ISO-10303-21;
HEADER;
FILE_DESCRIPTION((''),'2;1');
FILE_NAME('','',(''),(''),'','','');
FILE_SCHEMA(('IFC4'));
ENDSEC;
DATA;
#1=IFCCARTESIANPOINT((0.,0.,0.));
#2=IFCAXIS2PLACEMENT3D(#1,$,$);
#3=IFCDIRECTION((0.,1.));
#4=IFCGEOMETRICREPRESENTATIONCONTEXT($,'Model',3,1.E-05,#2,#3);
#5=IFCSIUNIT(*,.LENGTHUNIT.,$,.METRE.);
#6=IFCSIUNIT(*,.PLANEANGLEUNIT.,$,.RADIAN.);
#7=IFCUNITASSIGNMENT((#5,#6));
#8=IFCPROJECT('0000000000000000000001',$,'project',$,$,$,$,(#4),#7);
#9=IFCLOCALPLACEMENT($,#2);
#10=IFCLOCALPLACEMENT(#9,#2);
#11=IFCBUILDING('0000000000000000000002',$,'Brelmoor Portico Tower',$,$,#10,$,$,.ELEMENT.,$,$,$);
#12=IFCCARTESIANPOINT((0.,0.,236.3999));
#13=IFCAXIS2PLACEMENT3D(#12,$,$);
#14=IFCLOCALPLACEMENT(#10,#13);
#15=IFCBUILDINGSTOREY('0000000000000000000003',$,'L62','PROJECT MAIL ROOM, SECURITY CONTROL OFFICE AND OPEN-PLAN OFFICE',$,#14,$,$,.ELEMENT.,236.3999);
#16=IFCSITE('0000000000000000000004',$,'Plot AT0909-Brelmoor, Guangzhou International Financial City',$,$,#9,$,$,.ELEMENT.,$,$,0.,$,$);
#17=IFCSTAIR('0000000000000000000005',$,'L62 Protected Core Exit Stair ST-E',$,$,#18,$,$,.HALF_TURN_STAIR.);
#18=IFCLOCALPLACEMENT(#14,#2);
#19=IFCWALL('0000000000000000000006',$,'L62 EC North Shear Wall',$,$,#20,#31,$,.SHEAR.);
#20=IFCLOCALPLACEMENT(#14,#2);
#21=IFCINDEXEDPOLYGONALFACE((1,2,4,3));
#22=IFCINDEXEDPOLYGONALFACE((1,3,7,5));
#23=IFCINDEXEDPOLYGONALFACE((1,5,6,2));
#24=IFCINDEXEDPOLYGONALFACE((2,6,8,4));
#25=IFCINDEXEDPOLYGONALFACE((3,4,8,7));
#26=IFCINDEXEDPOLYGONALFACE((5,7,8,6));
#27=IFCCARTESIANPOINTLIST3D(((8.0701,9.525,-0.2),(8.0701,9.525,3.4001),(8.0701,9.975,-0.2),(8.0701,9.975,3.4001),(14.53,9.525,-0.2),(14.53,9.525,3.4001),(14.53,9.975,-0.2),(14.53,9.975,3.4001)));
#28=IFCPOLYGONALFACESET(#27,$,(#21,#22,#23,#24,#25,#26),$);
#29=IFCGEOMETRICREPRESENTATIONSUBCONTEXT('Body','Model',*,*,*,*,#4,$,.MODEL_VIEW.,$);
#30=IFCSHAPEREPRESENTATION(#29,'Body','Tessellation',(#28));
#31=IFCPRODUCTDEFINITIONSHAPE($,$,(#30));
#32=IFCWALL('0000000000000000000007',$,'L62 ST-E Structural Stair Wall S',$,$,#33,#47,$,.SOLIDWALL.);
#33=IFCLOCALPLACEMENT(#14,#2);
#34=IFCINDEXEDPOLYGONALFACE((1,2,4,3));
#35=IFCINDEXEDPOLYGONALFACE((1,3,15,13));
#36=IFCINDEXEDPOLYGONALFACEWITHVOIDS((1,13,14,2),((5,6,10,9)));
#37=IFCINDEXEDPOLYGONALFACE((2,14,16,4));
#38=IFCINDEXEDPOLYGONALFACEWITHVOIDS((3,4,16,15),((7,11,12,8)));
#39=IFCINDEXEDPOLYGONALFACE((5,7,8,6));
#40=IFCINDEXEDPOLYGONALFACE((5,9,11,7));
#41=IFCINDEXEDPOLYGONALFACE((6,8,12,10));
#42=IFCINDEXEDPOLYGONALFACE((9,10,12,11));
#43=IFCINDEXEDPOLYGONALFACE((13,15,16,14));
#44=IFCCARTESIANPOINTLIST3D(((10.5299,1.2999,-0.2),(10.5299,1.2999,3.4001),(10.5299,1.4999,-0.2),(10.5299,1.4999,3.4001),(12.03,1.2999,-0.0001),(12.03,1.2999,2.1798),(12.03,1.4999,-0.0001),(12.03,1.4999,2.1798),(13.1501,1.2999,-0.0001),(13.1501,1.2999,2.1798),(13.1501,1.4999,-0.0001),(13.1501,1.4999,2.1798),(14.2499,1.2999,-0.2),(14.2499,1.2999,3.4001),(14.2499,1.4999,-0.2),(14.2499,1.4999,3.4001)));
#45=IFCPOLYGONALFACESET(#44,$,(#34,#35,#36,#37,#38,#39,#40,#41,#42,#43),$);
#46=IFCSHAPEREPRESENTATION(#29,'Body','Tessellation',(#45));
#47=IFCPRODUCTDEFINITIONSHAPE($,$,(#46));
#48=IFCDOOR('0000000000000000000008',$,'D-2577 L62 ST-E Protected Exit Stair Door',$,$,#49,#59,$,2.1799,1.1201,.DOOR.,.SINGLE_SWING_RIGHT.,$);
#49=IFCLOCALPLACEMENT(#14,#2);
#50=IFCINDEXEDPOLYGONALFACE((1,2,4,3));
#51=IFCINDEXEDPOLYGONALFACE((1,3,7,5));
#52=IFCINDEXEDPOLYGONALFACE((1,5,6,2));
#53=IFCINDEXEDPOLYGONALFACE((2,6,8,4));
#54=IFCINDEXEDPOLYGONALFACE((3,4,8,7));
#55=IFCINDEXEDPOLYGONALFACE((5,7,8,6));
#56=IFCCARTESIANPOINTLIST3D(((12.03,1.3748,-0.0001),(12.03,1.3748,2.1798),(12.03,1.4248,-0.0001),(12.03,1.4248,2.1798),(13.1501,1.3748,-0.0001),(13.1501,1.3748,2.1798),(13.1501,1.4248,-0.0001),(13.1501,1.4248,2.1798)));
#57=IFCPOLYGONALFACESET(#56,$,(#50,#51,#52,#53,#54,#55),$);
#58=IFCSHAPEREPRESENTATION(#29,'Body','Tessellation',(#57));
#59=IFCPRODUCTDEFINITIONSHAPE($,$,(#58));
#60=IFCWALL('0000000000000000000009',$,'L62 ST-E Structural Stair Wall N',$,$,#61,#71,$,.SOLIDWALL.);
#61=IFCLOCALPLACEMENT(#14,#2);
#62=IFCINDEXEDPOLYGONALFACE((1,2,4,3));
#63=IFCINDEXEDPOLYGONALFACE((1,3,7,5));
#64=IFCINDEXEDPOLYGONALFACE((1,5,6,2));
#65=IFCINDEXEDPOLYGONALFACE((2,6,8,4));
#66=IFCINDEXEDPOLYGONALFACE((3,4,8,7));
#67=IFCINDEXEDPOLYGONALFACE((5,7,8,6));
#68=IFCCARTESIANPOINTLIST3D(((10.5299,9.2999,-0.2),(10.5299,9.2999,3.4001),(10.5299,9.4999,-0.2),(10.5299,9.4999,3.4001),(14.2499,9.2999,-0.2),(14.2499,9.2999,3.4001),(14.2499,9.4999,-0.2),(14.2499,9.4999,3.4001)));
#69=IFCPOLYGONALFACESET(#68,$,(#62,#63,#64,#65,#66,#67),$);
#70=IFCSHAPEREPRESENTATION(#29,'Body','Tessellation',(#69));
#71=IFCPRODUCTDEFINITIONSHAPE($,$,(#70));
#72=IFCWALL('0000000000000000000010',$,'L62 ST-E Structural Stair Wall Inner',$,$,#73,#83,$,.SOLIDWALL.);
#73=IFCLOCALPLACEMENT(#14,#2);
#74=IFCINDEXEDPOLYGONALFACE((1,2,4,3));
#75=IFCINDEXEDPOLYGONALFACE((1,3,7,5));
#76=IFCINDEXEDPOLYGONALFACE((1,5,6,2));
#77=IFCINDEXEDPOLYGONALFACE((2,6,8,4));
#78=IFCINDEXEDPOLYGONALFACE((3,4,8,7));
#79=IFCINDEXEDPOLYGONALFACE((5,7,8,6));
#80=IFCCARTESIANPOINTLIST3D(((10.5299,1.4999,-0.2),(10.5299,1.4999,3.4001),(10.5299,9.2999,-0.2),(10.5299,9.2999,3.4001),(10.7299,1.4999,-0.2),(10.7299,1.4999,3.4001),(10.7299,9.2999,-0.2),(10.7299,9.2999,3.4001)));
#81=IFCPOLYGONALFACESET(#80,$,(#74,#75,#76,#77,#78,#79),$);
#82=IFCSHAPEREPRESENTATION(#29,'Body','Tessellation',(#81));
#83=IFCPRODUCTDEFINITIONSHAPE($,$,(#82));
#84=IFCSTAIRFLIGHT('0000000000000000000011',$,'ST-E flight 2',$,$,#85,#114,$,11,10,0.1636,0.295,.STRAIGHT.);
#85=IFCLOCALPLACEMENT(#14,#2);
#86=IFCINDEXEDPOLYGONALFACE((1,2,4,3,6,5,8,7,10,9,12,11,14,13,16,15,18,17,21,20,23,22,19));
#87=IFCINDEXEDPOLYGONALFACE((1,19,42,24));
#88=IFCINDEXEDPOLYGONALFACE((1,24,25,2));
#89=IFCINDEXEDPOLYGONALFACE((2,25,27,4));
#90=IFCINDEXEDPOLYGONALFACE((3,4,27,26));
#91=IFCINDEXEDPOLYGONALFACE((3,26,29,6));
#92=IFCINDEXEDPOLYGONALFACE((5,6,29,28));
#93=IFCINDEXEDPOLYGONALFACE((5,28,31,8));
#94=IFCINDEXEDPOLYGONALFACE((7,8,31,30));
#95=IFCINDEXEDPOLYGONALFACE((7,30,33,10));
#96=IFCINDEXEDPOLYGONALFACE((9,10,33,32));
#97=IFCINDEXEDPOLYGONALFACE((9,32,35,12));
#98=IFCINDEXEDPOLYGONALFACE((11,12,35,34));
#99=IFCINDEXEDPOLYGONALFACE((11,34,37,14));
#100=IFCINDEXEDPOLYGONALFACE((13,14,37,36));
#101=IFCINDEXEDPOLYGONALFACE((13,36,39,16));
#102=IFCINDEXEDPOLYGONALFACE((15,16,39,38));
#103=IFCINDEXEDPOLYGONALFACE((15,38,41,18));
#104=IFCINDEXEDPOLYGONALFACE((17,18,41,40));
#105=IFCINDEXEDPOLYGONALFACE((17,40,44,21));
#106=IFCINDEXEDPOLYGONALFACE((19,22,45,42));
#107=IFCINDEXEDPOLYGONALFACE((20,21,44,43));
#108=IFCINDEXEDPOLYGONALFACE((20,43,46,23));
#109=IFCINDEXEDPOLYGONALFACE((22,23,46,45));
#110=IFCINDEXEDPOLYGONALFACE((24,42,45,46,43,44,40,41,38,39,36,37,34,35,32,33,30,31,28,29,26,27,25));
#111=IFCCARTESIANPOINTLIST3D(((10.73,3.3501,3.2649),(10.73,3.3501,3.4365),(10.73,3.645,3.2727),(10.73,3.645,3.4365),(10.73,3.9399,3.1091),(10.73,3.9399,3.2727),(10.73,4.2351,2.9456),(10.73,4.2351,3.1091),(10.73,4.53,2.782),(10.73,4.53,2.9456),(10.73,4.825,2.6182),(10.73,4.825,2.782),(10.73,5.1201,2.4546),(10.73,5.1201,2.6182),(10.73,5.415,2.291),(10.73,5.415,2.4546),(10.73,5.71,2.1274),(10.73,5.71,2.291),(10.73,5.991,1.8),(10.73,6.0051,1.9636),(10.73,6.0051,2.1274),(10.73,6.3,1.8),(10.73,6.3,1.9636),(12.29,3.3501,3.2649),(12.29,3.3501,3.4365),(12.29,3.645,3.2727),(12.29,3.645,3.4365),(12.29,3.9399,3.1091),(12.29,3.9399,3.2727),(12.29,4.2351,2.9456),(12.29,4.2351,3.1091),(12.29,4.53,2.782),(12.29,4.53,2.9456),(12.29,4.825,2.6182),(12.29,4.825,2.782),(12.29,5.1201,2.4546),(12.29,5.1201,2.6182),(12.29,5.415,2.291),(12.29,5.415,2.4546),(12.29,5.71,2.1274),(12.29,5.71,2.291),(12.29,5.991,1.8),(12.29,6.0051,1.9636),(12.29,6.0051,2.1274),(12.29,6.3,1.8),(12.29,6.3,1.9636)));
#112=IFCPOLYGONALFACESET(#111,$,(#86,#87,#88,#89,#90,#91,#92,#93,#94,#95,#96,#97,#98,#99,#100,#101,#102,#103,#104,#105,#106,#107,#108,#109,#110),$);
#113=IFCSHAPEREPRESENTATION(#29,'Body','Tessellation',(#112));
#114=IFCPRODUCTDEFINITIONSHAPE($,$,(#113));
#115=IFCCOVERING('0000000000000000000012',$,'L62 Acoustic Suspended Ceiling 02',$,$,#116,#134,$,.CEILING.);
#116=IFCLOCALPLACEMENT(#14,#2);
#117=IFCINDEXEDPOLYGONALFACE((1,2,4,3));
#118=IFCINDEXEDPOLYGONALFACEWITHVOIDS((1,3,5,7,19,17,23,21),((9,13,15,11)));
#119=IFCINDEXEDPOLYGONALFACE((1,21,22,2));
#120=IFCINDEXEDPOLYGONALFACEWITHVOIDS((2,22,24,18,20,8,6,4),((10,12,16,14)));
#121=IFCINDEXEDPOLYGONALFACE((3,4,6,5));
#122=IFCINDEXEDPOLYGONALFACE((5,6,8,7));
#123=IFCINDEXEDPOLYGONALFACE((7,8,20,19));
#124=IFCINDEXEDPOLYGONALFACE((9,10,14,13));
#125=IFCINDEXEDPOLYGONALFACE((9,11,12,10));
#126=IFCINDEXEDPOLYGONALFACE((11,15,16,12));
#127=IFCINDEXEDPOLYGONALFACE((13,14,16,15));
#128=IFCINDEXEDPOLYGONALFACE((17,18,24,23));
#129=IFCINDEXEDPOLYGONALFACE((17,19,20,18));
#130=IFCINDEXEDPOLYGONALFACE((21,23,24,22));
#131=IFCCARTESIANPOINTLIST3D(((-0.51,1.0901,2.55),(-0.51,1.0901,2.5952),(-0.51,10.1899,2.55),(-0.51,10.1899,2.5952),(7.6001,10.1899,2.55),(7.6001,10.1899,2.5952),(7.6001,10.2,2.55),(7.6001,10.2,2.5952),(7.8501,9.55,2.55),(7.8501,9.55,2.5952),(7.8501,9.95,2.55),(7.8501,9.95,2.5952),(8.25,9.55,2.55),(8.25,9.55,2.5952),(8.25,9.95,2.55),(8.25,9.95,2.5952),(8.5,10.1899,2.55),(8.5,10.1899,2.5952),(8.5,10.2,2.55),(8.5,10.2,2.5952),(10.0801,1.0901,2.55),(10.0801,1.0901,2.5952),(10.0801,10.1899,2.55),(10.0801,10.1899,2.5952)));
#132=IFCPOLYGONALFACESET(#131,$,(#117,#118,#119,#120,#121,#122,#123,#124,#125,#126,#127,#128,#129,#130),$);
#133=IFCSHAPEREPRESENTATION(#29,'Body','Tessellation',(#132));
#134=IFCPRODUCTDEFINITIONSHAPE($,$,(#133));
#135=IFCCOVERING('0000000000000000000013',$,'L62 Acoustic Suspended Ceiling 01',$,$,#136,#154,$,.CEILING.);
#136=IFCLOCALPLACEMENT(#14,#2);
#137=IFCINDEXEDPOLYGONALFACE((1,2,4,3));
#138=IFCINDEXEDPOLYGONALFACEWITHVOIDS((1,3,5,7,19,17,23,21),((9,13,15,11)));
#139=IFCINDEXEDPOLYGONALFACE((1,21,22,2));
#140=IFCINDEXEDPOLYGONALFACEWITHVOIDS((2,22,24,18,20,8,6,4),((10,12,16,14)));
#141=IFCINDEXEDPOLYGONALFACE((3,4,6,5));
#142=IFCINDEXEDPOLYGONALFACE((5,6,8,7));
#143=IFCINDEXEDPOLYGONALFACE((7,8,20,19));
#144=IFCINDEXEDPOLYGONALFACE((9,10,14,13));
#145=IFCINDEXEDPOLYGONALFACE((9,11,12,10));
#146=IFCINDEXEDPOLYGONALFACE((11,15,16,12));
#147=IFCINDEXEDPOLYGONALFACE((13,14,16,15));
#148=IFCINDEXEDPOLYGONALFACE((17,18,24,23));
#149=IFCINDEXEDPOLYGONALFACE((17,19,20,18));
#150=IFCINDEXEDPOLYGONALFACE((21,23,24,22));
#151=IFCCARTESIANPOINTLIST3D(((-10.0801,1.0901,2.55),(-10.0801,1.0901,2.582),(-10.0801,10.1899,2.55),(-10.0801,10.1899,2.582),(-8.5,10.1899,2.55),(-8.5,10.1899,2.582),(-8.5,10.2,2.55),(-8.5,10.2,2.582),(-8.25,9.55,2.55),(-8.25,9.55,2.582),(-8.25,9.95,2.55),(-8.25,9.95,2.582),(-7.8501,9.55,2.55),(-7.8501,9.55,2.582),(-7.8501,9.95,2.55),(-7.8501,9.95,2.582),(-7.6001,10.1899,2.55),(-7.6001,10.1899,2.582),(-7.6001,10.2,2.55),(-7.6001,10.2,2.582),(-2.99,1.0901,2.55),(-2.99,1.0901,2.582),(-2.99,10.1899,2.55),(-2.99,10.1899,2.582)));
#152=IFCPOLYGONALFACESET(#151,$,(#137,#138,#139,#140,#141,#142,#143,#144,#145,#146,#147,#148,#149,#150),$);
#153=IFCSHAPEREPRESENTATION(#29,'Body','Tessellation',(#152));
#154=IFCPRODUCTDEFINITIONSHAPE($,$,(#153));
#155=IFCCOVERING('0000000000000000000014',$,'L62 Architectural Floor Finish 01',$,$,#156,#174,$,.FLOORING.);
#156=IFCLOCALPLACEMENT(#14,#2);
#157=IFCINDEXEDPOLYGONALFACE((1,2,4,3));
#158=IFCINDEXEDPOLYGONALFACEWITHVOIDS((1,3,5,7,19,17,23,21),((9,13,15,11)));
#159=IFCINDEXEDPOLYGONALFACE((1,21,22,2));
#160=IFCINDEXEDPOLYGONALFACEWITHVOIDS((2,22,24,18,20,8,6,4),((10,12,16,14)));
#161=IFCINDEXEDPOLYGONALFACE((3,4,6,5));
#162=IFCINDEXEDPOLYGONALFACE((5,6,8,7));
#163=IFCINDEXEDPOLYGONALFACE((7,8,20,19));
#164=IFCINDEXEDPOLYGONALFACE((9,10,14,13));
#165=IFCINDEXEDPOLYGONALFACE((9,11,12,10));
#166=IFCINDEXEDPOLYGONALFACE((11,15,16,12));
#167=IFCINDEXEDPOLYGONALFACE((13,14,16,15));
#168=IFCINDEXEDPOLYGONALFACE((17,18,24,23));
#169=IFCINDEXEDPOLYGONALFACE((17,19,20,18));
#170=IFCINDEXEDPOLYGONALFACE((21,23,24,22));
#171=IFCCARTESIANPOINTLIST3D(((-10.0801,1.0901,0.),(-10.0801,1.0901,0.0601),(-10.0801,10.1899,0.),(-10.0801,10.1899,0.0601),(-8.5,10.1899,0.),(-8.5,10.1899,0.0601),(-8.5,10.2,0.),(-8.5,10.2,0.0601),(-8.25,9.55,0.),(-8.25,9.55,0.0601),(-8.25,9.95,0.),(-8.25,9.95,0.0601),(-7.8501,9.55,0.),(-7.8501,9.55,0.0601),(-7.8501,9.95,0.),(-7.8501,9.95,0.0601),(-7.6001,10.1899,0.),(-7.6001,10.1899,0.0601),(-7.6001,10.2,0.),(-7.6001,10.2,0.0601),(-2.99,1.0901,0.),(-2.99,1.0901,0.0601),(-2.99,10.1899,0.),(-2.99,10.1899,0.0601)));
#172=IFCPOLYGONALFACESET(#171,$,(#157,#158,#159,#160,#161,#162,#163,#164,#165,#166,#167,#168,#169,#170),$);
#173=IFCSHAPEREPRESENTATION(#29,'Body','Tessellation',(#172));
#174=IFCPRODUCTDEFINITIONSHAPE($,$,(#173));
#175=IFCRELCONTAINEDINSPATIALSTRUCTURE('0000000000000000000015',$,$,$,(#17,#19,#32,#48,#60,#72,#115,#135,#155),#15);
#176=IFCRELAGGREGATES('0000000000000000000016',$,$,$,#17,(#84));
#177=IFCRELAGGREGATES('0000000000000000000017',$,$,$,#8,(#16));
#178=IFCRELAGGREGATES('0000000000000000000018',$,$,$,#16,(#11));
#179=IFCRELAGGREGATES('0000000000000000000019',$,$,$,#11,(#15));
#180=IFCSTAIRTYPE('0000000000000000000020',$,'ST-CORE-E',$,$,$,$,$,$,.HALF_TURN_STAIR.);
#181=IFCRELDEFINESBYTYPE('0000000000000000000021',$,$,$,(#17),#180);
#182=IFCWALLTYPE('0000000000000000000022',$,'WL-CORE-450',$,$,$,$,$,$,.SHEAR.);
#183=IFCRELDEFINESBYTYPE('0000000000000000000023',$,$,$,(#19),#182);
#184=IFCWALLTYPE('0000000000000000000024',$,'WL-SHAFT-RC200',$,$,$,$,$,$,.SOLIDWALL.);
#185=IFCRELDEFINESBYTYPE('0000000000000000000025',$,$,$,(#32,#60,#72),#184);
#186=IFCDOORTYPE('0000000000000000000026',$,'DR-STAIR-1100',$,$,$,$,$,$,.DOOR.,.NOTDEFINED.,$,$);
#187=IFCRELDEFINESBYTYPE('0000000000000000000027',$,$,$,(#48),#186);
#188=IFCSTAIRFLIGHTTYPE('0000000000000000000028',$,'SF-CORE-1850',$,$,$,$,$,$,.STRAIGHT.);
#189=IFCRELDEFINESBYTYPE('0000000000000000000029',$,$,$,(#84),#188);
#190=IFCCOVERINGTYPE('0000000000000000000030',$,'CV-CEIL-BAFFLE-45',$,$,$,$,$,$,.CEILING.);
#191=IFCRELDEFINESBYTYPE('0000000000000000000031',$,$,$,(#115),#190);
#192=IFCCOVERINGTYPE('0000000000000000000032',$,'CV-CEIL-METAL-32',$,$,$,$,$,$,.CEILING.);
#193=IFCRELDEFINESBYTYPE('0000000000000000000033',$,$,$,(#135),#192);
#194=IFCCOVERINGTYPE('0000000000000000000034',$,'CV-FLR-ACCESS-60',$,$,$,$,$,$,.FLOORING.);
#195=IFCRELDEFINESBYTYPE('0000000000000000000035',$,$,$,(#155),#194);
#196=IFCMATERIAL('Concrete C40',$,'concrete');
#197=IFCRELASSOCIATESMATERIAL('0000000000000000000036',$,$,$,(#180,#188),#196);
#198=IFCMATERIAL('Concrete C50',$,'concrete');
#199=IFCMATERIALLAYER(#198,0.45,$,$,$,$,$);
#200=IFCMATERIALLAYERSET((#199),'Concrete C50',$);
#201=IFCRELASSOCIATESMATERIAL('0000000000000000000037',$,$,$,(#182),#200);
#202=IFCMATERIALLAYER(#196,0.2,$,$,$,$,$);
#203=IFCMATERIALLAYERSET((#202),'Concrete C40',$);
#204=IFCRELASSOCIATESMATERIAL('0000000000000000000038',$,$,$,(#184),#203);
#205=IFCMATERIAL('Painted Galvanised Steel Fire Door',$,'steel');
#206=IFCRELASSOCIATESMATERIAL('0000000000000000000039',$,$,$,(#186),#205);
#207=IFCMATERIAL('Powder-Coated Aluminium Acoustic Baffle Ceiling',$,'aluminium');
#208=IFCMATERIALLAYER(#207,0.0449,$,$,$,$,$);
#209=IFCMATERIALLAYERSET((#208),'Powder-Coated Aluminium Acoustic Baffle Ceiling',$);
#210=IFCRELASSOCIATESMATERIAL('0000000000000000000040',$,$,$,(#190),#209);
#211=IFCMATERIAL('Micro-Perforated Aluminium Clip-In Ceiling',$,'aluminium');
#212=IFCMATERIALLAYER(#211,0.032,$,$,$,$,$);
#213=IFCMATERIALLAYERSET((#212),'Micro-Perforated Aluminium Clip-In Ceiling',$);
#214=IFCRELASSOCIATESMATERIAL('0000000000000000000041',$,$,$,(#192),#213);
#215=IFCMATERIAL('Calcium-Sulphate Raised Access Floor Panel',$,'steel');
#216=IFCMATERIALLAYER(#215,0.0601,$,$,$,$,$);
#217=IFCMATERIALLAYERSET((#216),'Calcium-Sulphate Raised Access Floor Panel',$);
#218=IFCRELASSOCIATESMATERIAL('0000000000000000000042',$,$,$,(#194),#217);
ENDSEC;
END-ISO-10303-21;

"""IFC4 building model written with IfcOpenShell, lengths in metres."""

from ifc_helpers import new_model, si_unit, direction, frame, frame_2d, origin, place, context, subcontext, project, spatial, polyline, rectangle, outline, extrude, material, layer, layer_set, type_object, element, fill, aggregate, save


model = new_model("IFC4")

# Units and contexts
model_context = context("Model", 3, precision=1e-05, world=origin(), true_north=direction((0.0, 1.0)))
body_context = subcontext(model_context, "Body", "Model", "MODEL_VIEW")
ifc_project = project(units=[si_unit("LENGTHUNIT", "METRE"), si_unit("PLANEANGLEUNIT", "RADIAN")], contexts=[model_context])

# Site, building, storey
site_placement = place(None, origin())
site = spatial("IfcSite", under=ifc_project, at=site_placement, Name="Plot AT0909-Brelmoor, Guangzhou International Financial City", CompositionType="ELEMENT", RefElevation=0.0)
building_placement = place(site_placement, origin())
building = spatial("IfcBuilding", under=site, at=building_placement, Name="Brelmoor Portico Tower", CompositionType="ELEMENT")
storey_placement = place(building_placement, frame((0.0, 0.0, 236.3999)))
storey = spatial("IfcBuildingStorey", under=building, at=storey_placement, Name="L62", Description="PROJECT MAIL ROOM, SECURITY CONTROL OFFICE AND OPEN-PLAN OFFICE", CompositionType="ELEMENT", Elevation=236.3999)

# Shared definitions
ifc_material_1 = material(Name="Concrete C40", Category="concrete")

# Stair
stair_type_1 = type_object("IfcStairType", Name="ST-CORE-E", PredefinedType="HALF_TURN_STAIR", material=ifc_material_1)
stair_1_placement = place(storey_placement, origin())
stair_1 = element("IfcStair", 1, at=stair_1_placement, inside=storey, type_object=stair_type_1, Name="L62 Protected Core Exit Stair ST-E", PredefinedType="HALF_TURN_STAIR")

# Wall
ifc_material_2 = material(Name="Concrete C50", Category="concrete")
ifc_layer_1 = layer(ifc_material_2, 0.45)
ifc_layer_set_1 = layer_set([ifc_layer_1], Name="Concrete C50")
wall_type_1 = type_object("IfcWallType", Name="WL-CORE-450", PredefinedType="SHEAR", material=ifc_layer_set_1)
wall_1_placement = place(storey_placement, frame((8.0701, 9.75, -0.2), z_axis=(0.0, 0.0, 1.0), x_axis=(1.0, 0.0, 0.0)))
element("IfcWall", 2, at=wall_1_placement, inside=storey, type_object=wall_type_1, Name="L62 EC North Shear Wall", PredefinedType="SHEAR", context=body_context, shape_type="SweptSolid", body=[
    extrude(rectangle(XDim=6.46, YDim=0.45, at=frame_2d((3.23, 0.0))), origin(), (0.0, 0.0, 1.0), 3.6001),
])

# Wall, opening, door
ifc_layer_2 = layer(ifc_material_1, 0.2)
ifc_layer_set_2 = layer_set([ifc_layer_2], Name="Concrete C40")
wall_type_2 = type_object("IfcWallType", Name="WL-SHAFT-RC200", PredefinedType="SOLIDWALL", material=ifc_layer_set_2)
wall_2_placement = place(storey_placement, frame((10.53, 1.3999, -0.2), z_axis=(0.0, 0.0, 1.0), x_axis=(1.0, 0.0, 0.0)))
wall_2 = element("IfcWall", 3, at=wall_2_placement, inside=storey, type_object=wall_type_2, Name="L62 ST-E Structural Stair Wall S", PredefinedType="SOLIDWALL", context=body_context, shape_type="SweptSolid", body=[
    extrude(rectangle(XDim=3.72, YDim=0.2, at=frame_2d((1.8599, 0.0))), origin(), (0.0, 0.0, 1.0), 3.6001),
])
opening_placement = place(wall_2_placement, frame((1.5, 0.0, 0.2)))
opening = element("IfcOpeningElement", 4, at=opening_placement, cuts=wall_2, PredefinedType="OPENING", context=body_context, shape_type="SweptSolid", body=[
    extrude(rectangle(XDim=1.1201, YDim=2.1799, at=frame_2d((0.5601, 1.0898))), frame((0.0, 0.1099, 0.0), z_axis=(0.0, -1.0, 0.0), x_axis=(1.0, 0.0, 0.0)), (0.0, 0.0, 1.0), 0.22),
])
ifc_material_3 = material(Name="Painted Galvanised Steel Fire Door", Category="steel")
door_type = type_object("IfcDoorType", Name="DR-STAIR-1100", OperationType="NOTDEFINED", PredefinedType="DOOR", material=ifc_material_3)
door_placement = place(opening_placement, origin())
door = element("IfcDoor", 5, at=door_placement, inside=storey, type_object=door_type, Name="D-2577 L62 ST-E Protected Exit Stair Door", OperationType="SINGLE_SWING_RIGHT", OverallHeight=2.1799, OverallWidth=1.1201, PredefinedType="DOOR", context=body_context, shape_type="SweptSolid", body=[
    extrude(rectangle(XDim=1.1201, YDim=2.1799, at=frame_2d((0.5601, 1.0898))), frame((0.0, 0.0249, 0.0), z_axis=(0.0, -1.0, 0.0), x_axis=(1.0, 0.0, 0.0)), (0.0, 0.0, 1.0), 0.05),
])
fill(opening, door)

# Walls
wall_3_placement = place(storey_placement, frame((10.53, 9.3999, -0.2), z_axis=(0.0, 0.0, 1.0), x_axis=(1.0, 0.0, 0.0)))
element("IfcWall", 6, at=wall_3_placement, inside=storey, type_object=wall_type_2, Name="L62 ST-E Structural Stair Wall N", PredefinedType="SOLIDWALL", context=body_context, shape_type="SweptSolid", body=[
    extrude(rectangle(XDim=3.72, YDim=0.2, at=frame_2d((1.8599, 0.0))), origin(), (0.0, 0.0, 1.0), 3.6001),
])
wall_4_placement = place(storey_placement, frame((10.6299, 1.5, -0.2), z_axis=(0.0, 0.0, 1.0), x_axis=(0.0, 1.0, 0.0)))
element("IfcWall", 7, at=wall_4_placement, inside=storey, type_object=wall_type_2, Name="L62 ST-E Structural Stair Wall Inner", PredefinedType="SOLIDWALL", context=body_context, shape_type="SweptSolid", body=[
    extrude(rectangle(XDim=7.8, YDim=0.2, at=frame_2d((3.8999, 0.0))), origin(), (0.0, 0.0, 1.0), 3.6001),
])

# Stair flight
stair_flight_type = type_object("IfcStairFlightType", Name="SF-CORE-1850", PredefinedType="STRAIGHT", material=ifc_material_1)
stair_flight_placement = place(storey_placement, frame((11.51, 6.3, 1.8), z_axis=(0.0, 0.0, 1.0), x_axis=(0.0, -1.0, 0.0)))
stair_flight = element("IfcStairFlight", 8, at=stair_flight_placement, type_object=stair_flight_type, Name="ST-E flight 2", NumberOfRisers=11, NumberOfTreads=10, PredefinedType="STRAIGHT", RiserHeight=0.1636, TreadLength=0.295, context=body_context, shape_type="SweptSolid", body=[
    extrude(outline(polyline([(0.0, 0.0), (0.0, 0.1636), (0.2949, 0.1636), (0.2949, 0.3274), (0.5901, 0.3274), (0.5901, 0.491), (0.885, 0.491), (0.885, 0.6545), (1.1799, 0.6545), (1.1799, 0.8181), (1.4751, 0.8181), (1.4751, 0.9819), (1.77, 0.9819), (1.77, 1.1455), (2.0649, 1.1455), (2.0649, 1.3091), (2.3601, 1.3091), (2.3601, 1.4727), (2.655, 1.4727), (2.655, 1.6365), (2.95, 1.6365), (2.95, 1.8), (2.95, 1.4648), (0.3091, 0.0), (0.0, 0.0)])), frame((0.0, 0.78, 0.0), z_axis=(0.0, -1.0, 0.0), x_axis=(1.0, 0.0, 0.0)), (0.0, 0.0, 1.0), 1.5601),
])
aggregate(stair_1, [stair_flight])

# Coverings
ifc_material_4 = material(Name="Powder-Coated Aluminium Acoustic Baffle Ceiling", Category="aluminium")
ifc_layer_3 = layer(ifc_material_4, 0.0449)
ifc_layer_set_3 = layer_set([ifc_layer_3], Name="Powder-Coated Aluminium Acoustic Baffle Ceiling")
covering_type_1 = type_object("IfcCoveringType", Name="CV-CEIL-BAFFLE-45", PredefinedType="CEILING", material=ifc_layer_set_3)
covering_1_placement = place(storey_placement, frame((0.0, 0.0, 2.55)))
element("IfcCovering", 9, at=covering_1_placement, inside=storey, type_object=covering_type_1, Name="L62 Acoustic Suspended Ceiling 02", PredefinedType="CEILING", context=body_context, shape_type="SweptSolid", body=[
    extrude(outline(polyline([(-0.51, 10.1899), (7.6001, 10.1899), (7.6001, 10.2), (8.5, 10.2), (8.5, 10.1899), (10.0801, 10.1899), (10.0801, 1.0901), (-0.51, 1.0901), (-0.51, 10.1899)]), holes=[polyline([(8.25, 9.55), (8.25, 9.95), (7.8501, 9.95), (7.8501, 9.55), (8.25, 9.55)])]), origin(), (0.0, 0.0, 1.0), 0.0452),
])
ifc_material_5 = material(Name="Micro-Perforated Aluminium Clip-In Ceiling", Category="aluminium")
ifc_layer_4 = layer(ifc_material_5, 0.032)
ifc_layer_set_4 = layer_set([ifc_layer_4], Name="Micro-Perforated Aluminium Clip-In Ceiling")
covering_type_2 = type_object("IfcCoveringType", Name="CV-CEIL-METAL-32", PredefinedType="CEILING", material=ifc_layer_set_4)
covering_2_placement = place(storey_placement, frame((0.0, 0.0, 2.55)))
element("IfcCovering", 10, at=covering_2_placement, inside=storey, type_object=covering_type_2, Name="L62 Acoustic Suspended Ceiling 01", PredefinedType="CEILING", context=body_context, shape_type="SweptSolid", body=[
    extrude(outline(polyline([(-10.0801, 10.1899), (-8.5, 10.1899), (-8.5, 10.2), (-7.6001, 10.2), (-7.6001, 10.1899), (-2.99, 10.1899), (-2.99, 1.0901), (-10.0801, 1.0901), (-10.0801, 10.1899)]), holes=[polyline([(-7.8501, 9.55), (-7.8501, 9.95), (-8.25, 9.95), (-8.25, 9.55), (-7.8501, 9.55)])]), origin(), (0.0, 0.0, 1.0), 0.032),
])
ifc_material_6 = material(Name="Calcium-Sulphate Raised Access Floor Panel", Category="steel")
ifc_layer_5 = layer(ifc_material_6, 0.0601)
ifc_layer_set_5 = layer_set([ifc_layer_5], Name="Calcium-Sulphate Raised Access Floor Panel")
covering_type_3 = type_object("IfcCoveringType", Name="CV-FLR-ACCESS-60", PredefinedType="FLOORING", material=ifc_layer_set_5)
covering_3_placement = place(storey_placement, origin())
element("IfcCovering", 11, at=covering_3_placement, inside=storey, type_object=covering_type_3, Name="L62 Architectural Floor Finish 01", PredefinedType="FLOORING", context=body_context, shape_type="SweptSolid", body=[
    extrude(outline(polyline([(-10.0801, 10.1899), (-8.5, 10.1899), (-8.5, 10.2), (-7.6001, 10.2), (-7.6001, 10.1899), (-2.99, 10.1899), (-2.99, 1.0901), (-10.0801, 1.0901), (-10.0801, 10.1899)]), holes=[polyline([(-7.8501, 9.55), (-7.8501, 9.95), (-8.25, 9.95), (-8.25, 9.55), (-7.8501, 9.55)])]), origin(), (0.0, 0.0, 1.0), 0.0601),
])

save(model, "model.ifc")
